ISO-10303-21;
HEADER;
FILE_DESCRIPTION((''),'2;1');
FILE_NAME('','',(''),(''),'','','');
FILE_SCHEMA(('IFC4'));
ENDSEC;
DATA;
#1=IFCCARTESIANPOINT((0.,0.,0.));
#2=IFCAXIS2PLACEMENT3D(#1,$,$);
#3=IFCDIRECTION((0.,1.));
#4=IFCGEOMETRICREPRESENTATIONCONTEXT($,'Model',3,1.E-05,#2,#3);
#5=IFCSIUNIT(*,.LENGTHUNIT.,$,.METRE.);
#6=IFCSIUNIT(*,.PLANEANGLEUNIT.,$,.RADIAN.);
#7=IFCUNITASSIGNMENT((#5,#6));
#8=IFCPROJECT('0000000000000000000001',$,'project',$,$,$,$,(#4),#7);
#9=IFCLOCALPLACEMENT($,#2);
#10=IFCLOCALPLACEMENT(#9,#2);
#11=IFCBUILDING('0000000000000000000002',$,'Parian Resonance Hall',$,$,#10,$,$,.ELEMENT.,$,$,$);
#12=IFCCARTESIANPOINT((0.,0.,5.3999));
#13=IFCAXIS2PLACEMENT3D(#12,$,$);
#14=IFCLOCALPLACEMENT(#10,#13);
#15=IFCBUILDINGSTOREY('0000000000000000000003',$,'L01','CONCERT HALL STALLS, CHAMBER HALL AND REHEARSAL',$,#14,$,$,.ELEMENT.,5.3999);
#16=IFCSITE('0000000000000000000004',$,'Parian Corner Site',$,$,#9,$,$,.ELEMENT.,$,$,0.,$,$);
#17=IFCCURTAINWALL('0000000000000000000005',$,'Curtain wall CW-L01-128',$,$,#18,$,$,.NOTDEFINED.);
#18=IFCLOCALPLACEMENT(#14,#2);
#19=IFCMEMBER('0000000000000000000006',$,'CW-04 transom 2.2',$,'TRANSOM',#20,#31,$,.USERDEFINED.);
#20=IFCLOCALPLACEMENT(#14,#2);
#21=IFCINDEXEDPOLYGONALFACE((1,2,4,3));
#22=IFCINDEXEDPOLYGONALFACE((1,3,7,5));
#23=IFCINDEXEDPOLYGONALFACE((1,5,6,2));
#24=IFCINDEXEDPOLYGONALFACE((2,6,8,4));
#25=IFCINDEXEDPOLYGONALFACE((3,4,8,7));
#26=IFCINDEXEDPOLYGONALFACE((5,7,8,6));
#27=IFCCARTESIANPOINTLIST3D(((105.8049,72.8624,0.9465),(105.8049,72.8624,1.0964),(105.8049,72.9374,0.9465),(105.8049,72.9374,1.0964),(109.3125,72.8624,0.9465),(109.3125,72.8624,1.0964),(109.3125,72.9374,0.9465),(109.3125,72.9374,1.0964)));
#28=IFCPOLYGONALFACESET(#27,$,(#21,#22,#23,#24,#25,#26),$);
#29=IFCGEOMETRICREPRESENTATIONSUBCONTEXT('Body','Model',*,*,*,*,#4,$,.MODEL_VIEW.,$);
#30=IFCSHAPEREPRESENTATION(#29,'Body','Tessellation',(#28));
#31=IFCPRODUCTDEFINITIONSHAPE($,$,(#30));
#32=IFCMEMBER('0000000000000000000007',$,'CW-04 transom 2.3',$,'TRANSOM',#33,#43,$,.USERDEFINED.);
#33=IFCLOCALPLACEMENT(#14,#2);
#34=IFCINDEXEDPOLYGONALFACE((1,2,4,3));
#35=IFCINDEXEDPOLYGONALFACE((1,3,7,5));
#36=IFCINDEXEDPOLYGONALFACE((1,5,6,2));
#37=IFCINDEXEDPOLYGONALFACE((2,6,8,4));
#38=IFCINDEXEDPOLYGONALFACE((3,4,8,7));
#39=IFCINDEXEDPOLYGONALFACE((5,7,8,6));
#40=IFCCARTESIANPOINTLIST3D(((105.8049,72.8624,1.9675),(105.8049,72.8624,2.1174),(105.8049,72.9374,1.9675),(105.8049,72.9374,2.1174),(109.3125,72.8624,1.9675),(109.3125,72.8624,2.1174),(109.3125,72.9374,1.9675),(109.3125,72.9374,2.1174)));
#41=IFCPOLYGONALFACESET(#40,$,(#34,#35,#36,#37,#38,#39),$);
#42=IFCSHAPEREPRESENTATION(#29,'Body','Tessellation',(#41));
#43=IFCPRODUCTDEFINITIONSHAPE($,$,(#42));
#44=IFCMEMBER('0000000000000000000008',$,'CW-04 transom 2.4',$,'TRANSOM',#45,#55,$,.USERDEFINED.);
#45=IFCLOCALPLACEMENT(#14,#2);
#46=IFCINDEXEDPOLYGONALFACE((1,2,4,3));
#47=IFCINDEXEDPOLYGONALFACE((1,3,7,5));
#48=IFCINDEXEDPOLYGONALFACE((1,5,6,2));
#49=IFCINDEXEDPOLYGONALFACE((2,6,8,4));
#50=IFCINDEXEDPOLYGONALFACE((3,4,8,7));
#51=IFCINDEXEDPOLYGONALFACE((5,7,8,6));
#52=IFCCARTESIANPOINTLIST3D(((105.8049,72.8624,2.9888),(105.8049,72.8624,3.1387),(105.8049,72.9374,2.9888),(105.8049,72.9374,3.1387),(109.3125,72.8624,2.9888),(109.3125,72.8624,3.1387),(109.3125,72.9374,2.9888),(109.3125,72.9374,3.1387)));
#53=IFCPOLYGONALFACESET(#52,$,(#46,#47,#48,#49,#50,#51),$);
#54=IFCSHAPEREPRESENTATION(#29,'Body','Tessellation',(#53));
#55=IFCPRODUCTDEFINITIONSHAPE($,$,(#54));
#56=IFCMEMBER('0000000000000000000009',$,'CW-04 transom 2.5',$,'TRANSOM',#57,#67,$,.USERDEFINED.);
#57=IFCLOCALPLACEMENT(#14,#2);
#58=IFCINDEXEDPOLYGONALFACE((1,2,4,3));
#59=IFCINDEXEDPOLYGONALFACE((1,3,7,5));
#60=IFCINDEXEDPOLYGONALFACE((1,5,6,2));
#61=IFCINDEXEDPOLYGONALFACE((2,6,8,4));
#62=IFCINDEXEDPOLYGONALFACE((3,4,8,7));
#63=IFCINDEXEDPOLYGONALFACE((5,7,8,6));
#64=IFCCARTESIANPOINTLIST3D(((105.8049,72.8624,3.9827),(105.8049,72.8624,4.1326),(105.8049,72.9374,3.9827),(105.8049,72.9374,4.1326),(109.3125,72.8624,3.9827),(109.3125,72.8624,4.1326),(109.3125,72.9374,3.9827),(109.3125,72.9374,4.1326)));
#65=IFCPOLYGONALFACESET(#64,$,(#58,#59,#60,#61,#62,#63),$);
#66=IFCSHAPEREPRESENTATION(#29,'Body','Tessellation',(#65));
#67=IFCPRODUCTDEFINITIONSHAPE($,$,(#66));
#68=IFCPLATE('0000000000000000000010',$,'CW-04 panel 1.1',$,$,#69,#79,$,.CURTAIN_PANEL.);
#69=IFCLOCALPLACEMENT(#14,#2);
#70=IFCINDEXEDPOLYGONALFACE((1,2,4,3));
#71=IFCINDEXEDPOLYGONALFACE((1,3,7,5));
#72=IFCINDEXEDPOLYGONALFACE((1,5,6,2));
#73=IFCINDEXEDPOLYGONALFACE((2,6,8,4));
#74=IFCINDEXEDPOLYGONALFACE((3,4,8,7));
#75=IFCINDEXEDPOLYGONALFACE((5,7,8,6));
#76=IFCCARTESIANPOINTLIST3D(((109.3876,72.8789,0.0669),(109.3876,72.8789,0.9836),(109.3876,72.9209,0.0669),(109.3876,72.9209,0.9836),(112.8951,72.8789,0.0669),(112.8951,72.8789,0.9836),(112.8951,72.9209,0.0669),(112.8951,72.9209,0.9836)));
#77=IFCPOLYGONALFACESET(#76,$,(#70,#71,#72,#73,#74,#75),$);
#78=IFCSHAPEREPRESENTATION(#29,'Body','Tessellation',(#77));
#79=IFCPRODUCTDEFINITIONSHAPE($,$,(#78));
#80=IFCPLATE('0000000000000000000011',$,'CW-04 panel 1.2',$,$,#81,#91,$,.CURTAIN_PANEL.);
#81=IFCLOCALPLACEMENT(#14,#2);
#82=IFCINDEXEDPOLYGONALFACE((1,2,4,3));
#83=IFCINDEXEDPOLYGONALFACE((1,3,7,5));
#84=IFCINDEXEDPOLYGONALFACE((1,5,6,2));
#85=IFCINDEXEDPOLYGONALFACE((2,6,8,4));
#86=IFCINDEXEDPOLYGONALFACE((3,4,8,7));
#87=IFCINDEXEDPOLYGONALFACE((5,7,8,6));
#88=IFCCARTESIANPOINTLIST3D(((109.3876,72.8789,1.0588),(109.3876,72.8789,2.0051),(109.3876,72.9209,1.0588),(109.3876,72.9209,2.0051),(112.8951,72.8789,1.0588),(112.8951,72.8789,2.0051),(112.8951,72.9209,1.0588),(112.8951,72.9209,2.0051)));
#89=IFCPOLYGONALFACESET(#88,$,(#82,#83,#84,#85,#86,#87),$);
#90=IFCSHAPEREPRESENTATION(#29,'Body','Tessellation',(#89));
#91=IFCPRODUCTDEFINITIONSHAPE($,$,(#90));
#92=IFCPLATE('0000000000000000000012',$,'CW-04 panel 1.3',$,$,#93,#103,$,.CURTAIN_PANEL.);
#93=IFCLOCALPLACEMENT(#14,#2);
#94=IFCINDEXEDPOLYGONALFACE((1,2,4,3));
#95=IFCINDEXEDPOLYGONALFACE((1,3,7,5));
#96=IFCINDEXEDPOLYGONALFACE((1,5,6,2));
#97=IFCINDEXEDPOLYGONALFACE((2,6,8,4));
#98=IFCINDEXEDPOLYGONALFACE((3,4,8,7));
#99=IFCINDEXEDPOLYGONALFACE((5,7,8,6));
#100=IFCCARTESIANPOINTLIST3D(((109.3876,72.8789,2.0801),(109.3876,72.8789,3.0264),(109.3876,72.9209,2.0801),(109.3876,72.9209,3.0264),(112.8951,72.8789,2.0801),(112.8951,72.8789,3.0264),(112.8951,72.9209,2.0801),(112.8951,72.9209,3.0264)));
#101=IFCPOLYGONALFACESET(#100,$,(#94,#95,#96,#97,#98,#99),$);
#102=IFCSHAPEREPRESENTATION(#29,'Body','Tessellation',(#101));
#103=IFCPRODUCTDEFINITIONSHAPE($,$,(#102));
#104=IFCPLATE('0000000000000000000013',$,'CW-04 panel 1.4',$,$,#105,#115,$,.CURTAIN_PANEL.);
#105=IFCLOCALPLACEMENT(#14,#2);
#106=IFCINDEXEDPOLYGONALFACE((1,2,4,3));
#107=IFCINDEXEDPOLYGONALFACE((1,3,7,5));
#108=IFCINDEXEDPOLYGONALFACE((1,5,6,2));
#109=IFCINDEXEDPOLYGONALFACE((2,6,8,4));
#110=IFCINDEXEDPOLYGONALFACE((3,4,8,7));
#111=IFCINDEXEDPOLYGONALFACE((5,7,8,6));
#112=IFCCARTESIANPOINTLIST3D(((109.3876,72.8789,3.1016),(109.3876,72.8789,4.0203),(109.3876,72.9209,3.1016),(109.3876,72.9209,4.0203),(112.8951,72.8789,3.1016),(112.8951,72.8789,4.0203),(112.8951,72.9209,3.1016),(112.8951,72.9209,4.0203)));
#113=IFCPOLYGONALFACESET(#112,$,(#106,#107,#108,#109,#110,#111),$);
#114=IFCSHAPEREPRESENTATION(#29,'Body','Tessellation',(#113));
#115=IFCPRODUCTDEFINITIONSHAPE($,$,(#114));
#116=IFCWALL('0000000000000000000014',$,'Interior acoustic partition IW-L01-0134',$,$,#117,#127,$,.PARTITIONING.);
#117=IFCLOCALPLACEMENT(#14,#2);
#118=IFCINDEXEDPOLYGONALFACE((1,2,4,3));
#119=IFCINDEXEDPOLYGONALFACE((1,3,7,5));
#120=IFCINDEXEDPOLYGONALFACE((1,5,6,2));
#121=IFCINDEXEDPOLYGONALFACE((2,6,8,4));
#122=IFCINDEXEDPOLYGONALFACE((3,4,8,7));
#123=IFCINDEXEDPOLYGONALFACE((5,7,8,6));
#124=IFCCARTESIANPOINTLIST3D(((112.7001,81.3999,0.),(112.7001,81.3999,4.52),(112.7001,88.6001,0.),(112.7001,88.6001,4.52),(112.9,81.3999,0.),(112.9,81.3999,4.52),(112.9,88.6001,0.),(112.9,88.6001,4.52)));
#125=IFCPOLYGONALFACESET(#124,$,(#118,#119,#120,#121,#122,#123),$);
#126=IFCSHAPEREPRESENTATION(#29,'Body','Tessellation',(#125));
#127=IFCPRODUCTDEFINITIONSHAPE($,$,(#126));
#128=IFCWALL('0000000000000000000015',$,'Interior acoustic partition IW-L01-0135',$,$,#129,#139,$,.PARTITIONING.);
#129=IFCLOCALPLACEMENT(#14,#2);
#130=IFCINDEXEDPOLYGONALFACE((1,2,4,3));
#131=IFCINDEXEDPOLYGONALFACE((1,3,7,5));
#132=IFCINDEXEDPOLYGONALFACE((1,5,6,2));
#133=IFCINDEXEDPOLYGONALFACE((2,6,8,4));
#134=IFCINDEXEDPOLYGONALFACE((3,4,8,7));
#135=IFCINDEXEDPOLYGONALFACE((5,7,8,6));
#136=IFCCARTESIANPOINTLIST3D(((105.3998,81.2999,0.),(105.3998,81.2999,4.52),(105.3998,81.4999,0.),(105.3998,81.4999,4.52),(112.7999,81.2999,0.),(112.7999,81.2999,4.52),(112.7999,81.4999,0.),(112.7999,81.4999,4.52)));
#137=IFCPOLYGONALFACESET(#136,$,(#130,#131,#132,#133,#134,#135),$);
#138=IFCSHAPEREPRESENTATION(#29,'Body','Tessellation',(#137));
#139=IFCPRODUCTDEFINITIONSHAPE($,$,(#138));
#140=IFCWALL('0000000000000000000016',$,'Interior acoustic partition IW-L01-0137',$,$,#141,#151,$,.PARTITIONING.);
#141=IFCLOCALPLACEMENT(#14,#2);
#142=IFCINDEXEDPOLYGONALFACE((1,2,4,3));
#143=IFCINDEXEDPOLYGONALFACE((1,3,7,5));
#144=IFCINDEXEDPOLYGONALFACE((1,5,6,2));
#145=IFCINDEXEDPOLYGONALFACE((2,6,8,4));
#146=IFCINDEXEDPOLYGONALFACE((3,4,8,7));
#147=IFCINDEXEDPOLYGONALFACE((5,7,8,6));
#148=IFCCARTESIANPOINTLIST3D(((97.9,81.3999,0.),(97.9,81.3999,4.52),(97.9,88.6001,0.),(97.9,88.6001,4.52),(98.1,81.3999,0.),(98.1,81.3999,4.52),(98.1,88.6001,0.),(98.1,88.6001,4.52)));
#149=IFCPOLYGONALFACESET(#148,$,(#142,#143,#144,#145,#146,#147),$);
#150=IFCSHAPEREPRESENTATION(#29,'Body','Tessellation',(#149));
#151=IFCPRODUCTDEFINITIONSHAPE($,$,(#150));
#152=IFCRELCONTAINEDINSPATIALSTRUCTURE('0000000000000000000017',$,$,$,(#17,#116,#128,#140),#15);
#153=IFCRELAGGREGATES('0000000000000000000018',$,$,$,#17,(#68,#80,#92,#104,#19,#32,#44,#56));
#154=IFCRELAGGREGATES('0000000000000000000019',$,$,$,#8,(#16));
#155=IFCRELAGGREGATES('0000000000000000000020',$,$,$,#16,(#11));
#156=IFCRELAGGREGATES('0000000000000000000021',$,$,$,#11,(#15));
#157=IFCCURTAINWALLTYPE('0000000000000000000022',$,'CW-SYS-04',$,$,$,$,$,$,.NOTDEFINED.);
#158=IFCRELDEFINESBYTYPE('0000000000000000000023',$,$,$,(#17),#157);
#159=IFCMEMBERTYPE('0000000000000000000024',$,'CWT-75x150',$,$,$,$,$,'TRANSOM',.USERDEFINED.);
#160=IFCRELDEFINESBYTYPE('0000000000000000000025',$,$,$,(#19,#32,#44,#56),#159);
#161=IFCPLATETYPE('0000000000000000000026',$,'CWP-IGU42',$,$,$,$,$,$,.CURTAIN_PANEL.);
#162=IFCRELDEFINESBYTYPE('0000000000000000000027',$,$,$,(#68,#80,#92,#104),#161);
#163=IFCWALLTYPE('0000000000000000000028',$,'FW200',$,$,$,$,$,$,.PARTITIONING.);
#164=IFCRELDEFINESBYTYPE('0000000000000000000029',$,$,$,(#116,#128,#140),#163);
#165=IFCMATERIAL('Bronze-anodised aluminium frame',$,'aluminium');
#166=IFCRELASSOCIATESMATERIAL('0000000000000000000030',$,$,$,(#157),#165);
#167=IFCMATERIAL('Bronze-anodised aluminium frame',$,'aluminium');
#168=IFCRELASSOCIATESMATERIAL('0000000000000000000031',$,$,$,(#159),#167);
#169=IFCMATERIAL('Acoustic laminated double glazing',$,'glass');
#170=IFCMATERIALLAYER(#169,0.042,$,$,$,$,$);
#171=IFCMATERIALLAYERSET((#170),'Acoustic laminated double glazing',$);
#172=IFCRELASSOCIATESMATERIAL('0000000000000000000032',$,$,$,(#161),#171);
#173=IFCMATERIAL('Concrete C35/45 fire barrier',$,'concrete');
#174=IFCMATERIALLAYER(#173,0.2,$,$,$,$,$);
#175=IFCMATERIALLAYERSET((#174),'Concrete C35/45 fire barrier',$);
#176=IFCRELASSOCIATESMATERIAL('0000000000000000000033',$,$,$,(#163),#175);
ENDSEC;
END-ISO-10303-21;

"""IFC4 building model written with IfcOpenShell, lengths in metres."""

from ifc_helpers import new_model, si_unit, direction, frame, frame_2d, origin, origin_2d, place, context, subcontext, project, spatial, rectangle, extrude, material, layer, layer_set, material_profile, profile_set, type_object, element, aggregate, save


model = new_model("IFC4")

# Units and contexts
model_context = context("Model", 3, precision=1e-05, world=origin(), true_north=direction((0.0, 1.0)))
body_context = subcontext(model_context, "Body", "Model", "MODEL_VIEW")
ifc_project = project(units=[si_unit("LENGTHUNIT", "METRE"), si_unit("PLANEANGLEUNIT", "RADIAN")], contexts=[model_context])

# Site, building, storey
site_placement = place(None, origin())
site = spatial("IfcSite", under=ifc_project, at=site_placement, Name="Parian Corner Site", CompositionType="ELEMENT", RefElevation=0.0)
building_placement = place(site_placement, origin())
building = spatial("IfcBuilding", under=site, at=building_placement, Name="Parian Resonance Hall", CompositionType="ELEMENT")
storey_placement = place(building_placement, frame((0.0, 0.0, 5.3999)))
storey = spatial("IfcBuildingStorey", under=building, at=storey_placement, Name="L01", Description="CONCERT HALL STALLS, CHAMBER HALL AND REHEARSAL", CompositionType="ELEMENT", Elevation=5.3999)

# Curtain wall, members, plates
ifc_material_1 = material(Name="Bronze-anodised aluminium frame", Category="aluminium")
curtain_wall_type = type_object("IfcCurtainWallType", Name="CW-SYS-04", PredefinedType="NOTDEFINED", material=ifc_material_1)
curtain_wall_placement = place(storey_placement, origin())
curtain_wall = element("IfcCurtainWall", 1, at=curtain_wall_placement, inside=storey, type_object=curtain_wall_type, Name="Curtain wall CW-L01-128", PredefinedType="NOTDEFINED")
ifc_material_2 = material(Name="Bronze-anodised aluminium frame", Category="aluminium")
ifc_material_profile_1 = material_profile(ifc_material_2, rectangle(XDim=0.075, YDim=0.1499, at=origin_2d()), Name="CWT-75x150")
ifc_profile_set_1 = profile_set([ifc_material_profile_1], Name="Bronze-anodised aluminium frame")
member_type_1 = type_object("IfcMemberType", Name="CWT-75x150", ElementType="TRANSOM", PredefinedType="USERDEFINED", material=ifc_profile_set_1)
member_1_placement = place(storey_placement, frame((109.3125, 72.8999, 1.0215), z_axis=(-1.0, 0.0, 0.0), x_axis=(0.0, -1.0, 0.0)))
member_1 = element("IfcMember", 2, at=member_1_placement, type_object=member_type_1, Name="CW-04 transom 2.2", ObjectType="TRANSOM", PredefinedType="USERDEFINED", context=body_context, shape_type="SweptSolid", body=[
    extrude(rectangle(XDim=0.075, YDim=0.1499, at=origin_2d()), origin(), (0.0, 0.0, 1.0), 3.5076),
])
member_2_placement = place(storey_placement, frame((109.3125, 72.8999, 2.0425), z_axis=(-1.0, 0.0, 0.0), x_axis=(0.0, -1.0, 0.0)))
member_2 = element("IfcMember", 3, at=member_2_placement, type_object=member_type_1, Name="CW-04 transom 2.3", ObjectType="TRANSOM", PredefinedType="USERDEFINED", context=body_context, shape_type="SweptSolid", body=[
    extrude(rectangle(XDim=0.075, YDim=0.1499, at=origin_2d()), origin(), (0.0, 0.0, 1.0), 3.5076),
])
member_3_placement = place(storey_placement, frame((109.3125, 72.8999, 3.0637), z_axis=(-1.0, 0.0, 0.0), x_axis=(0.0, -1.0, 0.0)))
member_3 = element("IfcMember", 4, at=member_3_placement, type_object=member_type_1, Name="CW-04 transom 2.4", ObjectType="TRANSOM", PredefinedType="USERDEFINED", context=body_context, shape_type="SweptSolid", body=[
    extrude(rectangle(XDim=0.075, YDim=0.1499, at=origin_2d()), origin(), (0.0, 0.0, 1.0), 3.5076),
])
member_4_placement = place(storey_placement, frame((109.3125, 72.8999, 4.0576), z_axis=(-1.0, 0.0, 0.0), x_axis=(0.0, -1.0, 0.0)))
member_4 = element("IfcMember", 5, at=member_4_placement, type_object=member_type_1, Name="CW-04 transom 2.5", ObjectType="TRANSOM", PredefinedType="USERDEFINED", context=body_context, shape_type="SweptSolid", body=[
    extrude(rectangle(XDim=0.075, YDim=0.1499, at=origin_2d()), origin(), (0.0, 0.0, 1.0), 3.5076),
])
ifc_material_3 = material(Name="Acoustic laminated double glazing", Category="glass")
ifc_layer_1 = layer(ifc_material_3, 0.042)
ifc_layer_set_1 = layer_set([ifc_layer_1], Name="Acoustic laminated double glazing")
plate_type = type_object("IfcPlateType", Name="CWP-IGU42", PredefinedType="CURTAIN_PANEL", material=ifc_layer_set_1)
plate_1_placement = place(storey_placement, frame((111.1414, 72.8999, 0.0669), z_axis=(0.0, 0.0, 1.0), x_axis=(-1.0, 0.0, 0.0)))
plate_1 = element("IfcPlate", 6, at=plate_1_placement, type_object=plate_type, Name="CW-04 panel 1.1", PredefinedType="CURTAIN_PANEL", context=body_context, shape_type="SweptSolid", body=[
    extrude(rectangle(XDim=3.5076, YDim=0.042, at=origin_2d()), origin(), (0.0, 0.0, 1.0), 0.9167),
])
plate_2_placement = place(storey_placement, frame((111.1414, 72.8999, 1.0588), z_axis=(0.0, 0.0, 1.0), x_axis=(-1.0, 0.0, 0.0)))
plate_2 = element("IfcPlate", 7, at=plate_2_placement, type_object=plate_type, Name="CW-04 panel 1.2", PredefinedType="CURTAIN_PANEL", context=body_context, shape_type="SweptSolid", body=[
    extrude(rectangle(XDim=3.5076, YDim=0.042, at=origin_2d()), origin(), (0.0, 0.0, 1.0), 0.9463),
])
plate_3_placement = place(storey_placement, frame((111.1414, 72.8999, 2.0801), z_axis=(0.0, 0.0, 1.0), x_axis=(-1.0, 0.0, 0.0)))
plate_3 = element("IfcPlate", 8, at=plate_3_placement, type_object=plate_type, Name="CW-04 panel 1.3", PredefinedType="CURTAIN_PANEL", context=body_context, shape_type="SweptSolid", body=[
    extrude(rectangle(XDim=3.5076, YDim=0.042, at=origin_2d()), origin(), (0.0, 0.0, 1.0), 0.9463),
])
plate_4_placement = place(storey_placement, frame((111.1414, 72.8999, 3.1016), z_axis=(0.0, 0.0, 1.0), x_axis=(-1.0, 0.0, 0.0)))
plate_4 = element("IfcPlate", 9, at=plate_4_placement, type_object=plate_type, Name="CW-04 panel 1.4", PredefinedType="CURTAIN_PANEL", context=body_context, shape_type="SweptSolid", body=[
    extrude(rectangle(XDim=3.5076, YDim=0.042, at=origin_2d()), origin(), (0.0, 0.0, 1.0), 0.9187),
])
aggregate(curtain_wall, [plate_1, plate_2, plate_3, plate_4, member_1, member_2, member_3, member_4])

# Walls
ifc_material_4 = material(Name="Concrete C35/45 fire barrier", Category="concrete")
ifc_layer_2 = layer(ifc_material_4, 0.2)
ifc_layer_set_2 = layer_set([ifc_layer_2], Name="Concrete C35/45 fire barrier")
wall_type = type_object("IfcWallType", Name="FW200", PredefinedType="PARTITIONING", material=ifc_layer_set_2)
wall_1_placement = place(storey_placement, frame((112.8, 88.6001, 0.0), z_axis=(0.0, 0.0, 1.0), x_axis=(0.0, -1.0, 0.0)))
element("IfcWall", 10, at=wall_1_placement, inside=storey, type_object=wall_type, Name="Interior acoustic partition IW-L01-0134", PredefinedType="PARTITIONING", context=body_context, shape_type="SweptSolid", body=[
    extrude(rectangle(XDim=7.2002, YDim=0.2, at=frame_2d((3.6001, 0.0))), origin(), (0.0, 0.0, 1.0), 4.52),
])
wall_2_placement = place(storey_placement, frame((112.8, 81.3999, 0.0), z_axis=(0.0, 0.0, 1.0), x_axis=(-1.0, 0.0, 0.0)))
element("IfcWall", 11, at=wall_2_placement, inside=storey, type_object=wall_type, Name="Interior acoustic partition IW-L01-0135", PredefinedType="PARTITIONING", context=body_context, shape_type="SweptSolid", body=[
    extrude(rectangle(XDim=7.4001, YDim=0.2, at=frame_2d((3.7002, 0.0))), origin(), (0.0, 0.0, 1.0), 4.52),
])

# Wall
wall_3_placement = place(storey_placement, frame((98.0, 81.3999, 0.0), z_axis=(0.0, 0.0, 1.0), x_axis=(0.0, 1.0, 0.0)))
element("IfcWall", 12, at=wall_3_placement, inside=storey, type_object=wall_type, Name="Interior acoustic partition IW-L01-0137", PredefinedType="PARTITIONING", context=body_context, shape_type="SweptSolid", body=[
    extrude(rectangle(XDim=7.2002, YDim=0.2, at=frame_2d((3.6001, 0.0))), origin(), (0.0, 0.0, 1.0), 4.52),
])

save(model, "model.ifc")
